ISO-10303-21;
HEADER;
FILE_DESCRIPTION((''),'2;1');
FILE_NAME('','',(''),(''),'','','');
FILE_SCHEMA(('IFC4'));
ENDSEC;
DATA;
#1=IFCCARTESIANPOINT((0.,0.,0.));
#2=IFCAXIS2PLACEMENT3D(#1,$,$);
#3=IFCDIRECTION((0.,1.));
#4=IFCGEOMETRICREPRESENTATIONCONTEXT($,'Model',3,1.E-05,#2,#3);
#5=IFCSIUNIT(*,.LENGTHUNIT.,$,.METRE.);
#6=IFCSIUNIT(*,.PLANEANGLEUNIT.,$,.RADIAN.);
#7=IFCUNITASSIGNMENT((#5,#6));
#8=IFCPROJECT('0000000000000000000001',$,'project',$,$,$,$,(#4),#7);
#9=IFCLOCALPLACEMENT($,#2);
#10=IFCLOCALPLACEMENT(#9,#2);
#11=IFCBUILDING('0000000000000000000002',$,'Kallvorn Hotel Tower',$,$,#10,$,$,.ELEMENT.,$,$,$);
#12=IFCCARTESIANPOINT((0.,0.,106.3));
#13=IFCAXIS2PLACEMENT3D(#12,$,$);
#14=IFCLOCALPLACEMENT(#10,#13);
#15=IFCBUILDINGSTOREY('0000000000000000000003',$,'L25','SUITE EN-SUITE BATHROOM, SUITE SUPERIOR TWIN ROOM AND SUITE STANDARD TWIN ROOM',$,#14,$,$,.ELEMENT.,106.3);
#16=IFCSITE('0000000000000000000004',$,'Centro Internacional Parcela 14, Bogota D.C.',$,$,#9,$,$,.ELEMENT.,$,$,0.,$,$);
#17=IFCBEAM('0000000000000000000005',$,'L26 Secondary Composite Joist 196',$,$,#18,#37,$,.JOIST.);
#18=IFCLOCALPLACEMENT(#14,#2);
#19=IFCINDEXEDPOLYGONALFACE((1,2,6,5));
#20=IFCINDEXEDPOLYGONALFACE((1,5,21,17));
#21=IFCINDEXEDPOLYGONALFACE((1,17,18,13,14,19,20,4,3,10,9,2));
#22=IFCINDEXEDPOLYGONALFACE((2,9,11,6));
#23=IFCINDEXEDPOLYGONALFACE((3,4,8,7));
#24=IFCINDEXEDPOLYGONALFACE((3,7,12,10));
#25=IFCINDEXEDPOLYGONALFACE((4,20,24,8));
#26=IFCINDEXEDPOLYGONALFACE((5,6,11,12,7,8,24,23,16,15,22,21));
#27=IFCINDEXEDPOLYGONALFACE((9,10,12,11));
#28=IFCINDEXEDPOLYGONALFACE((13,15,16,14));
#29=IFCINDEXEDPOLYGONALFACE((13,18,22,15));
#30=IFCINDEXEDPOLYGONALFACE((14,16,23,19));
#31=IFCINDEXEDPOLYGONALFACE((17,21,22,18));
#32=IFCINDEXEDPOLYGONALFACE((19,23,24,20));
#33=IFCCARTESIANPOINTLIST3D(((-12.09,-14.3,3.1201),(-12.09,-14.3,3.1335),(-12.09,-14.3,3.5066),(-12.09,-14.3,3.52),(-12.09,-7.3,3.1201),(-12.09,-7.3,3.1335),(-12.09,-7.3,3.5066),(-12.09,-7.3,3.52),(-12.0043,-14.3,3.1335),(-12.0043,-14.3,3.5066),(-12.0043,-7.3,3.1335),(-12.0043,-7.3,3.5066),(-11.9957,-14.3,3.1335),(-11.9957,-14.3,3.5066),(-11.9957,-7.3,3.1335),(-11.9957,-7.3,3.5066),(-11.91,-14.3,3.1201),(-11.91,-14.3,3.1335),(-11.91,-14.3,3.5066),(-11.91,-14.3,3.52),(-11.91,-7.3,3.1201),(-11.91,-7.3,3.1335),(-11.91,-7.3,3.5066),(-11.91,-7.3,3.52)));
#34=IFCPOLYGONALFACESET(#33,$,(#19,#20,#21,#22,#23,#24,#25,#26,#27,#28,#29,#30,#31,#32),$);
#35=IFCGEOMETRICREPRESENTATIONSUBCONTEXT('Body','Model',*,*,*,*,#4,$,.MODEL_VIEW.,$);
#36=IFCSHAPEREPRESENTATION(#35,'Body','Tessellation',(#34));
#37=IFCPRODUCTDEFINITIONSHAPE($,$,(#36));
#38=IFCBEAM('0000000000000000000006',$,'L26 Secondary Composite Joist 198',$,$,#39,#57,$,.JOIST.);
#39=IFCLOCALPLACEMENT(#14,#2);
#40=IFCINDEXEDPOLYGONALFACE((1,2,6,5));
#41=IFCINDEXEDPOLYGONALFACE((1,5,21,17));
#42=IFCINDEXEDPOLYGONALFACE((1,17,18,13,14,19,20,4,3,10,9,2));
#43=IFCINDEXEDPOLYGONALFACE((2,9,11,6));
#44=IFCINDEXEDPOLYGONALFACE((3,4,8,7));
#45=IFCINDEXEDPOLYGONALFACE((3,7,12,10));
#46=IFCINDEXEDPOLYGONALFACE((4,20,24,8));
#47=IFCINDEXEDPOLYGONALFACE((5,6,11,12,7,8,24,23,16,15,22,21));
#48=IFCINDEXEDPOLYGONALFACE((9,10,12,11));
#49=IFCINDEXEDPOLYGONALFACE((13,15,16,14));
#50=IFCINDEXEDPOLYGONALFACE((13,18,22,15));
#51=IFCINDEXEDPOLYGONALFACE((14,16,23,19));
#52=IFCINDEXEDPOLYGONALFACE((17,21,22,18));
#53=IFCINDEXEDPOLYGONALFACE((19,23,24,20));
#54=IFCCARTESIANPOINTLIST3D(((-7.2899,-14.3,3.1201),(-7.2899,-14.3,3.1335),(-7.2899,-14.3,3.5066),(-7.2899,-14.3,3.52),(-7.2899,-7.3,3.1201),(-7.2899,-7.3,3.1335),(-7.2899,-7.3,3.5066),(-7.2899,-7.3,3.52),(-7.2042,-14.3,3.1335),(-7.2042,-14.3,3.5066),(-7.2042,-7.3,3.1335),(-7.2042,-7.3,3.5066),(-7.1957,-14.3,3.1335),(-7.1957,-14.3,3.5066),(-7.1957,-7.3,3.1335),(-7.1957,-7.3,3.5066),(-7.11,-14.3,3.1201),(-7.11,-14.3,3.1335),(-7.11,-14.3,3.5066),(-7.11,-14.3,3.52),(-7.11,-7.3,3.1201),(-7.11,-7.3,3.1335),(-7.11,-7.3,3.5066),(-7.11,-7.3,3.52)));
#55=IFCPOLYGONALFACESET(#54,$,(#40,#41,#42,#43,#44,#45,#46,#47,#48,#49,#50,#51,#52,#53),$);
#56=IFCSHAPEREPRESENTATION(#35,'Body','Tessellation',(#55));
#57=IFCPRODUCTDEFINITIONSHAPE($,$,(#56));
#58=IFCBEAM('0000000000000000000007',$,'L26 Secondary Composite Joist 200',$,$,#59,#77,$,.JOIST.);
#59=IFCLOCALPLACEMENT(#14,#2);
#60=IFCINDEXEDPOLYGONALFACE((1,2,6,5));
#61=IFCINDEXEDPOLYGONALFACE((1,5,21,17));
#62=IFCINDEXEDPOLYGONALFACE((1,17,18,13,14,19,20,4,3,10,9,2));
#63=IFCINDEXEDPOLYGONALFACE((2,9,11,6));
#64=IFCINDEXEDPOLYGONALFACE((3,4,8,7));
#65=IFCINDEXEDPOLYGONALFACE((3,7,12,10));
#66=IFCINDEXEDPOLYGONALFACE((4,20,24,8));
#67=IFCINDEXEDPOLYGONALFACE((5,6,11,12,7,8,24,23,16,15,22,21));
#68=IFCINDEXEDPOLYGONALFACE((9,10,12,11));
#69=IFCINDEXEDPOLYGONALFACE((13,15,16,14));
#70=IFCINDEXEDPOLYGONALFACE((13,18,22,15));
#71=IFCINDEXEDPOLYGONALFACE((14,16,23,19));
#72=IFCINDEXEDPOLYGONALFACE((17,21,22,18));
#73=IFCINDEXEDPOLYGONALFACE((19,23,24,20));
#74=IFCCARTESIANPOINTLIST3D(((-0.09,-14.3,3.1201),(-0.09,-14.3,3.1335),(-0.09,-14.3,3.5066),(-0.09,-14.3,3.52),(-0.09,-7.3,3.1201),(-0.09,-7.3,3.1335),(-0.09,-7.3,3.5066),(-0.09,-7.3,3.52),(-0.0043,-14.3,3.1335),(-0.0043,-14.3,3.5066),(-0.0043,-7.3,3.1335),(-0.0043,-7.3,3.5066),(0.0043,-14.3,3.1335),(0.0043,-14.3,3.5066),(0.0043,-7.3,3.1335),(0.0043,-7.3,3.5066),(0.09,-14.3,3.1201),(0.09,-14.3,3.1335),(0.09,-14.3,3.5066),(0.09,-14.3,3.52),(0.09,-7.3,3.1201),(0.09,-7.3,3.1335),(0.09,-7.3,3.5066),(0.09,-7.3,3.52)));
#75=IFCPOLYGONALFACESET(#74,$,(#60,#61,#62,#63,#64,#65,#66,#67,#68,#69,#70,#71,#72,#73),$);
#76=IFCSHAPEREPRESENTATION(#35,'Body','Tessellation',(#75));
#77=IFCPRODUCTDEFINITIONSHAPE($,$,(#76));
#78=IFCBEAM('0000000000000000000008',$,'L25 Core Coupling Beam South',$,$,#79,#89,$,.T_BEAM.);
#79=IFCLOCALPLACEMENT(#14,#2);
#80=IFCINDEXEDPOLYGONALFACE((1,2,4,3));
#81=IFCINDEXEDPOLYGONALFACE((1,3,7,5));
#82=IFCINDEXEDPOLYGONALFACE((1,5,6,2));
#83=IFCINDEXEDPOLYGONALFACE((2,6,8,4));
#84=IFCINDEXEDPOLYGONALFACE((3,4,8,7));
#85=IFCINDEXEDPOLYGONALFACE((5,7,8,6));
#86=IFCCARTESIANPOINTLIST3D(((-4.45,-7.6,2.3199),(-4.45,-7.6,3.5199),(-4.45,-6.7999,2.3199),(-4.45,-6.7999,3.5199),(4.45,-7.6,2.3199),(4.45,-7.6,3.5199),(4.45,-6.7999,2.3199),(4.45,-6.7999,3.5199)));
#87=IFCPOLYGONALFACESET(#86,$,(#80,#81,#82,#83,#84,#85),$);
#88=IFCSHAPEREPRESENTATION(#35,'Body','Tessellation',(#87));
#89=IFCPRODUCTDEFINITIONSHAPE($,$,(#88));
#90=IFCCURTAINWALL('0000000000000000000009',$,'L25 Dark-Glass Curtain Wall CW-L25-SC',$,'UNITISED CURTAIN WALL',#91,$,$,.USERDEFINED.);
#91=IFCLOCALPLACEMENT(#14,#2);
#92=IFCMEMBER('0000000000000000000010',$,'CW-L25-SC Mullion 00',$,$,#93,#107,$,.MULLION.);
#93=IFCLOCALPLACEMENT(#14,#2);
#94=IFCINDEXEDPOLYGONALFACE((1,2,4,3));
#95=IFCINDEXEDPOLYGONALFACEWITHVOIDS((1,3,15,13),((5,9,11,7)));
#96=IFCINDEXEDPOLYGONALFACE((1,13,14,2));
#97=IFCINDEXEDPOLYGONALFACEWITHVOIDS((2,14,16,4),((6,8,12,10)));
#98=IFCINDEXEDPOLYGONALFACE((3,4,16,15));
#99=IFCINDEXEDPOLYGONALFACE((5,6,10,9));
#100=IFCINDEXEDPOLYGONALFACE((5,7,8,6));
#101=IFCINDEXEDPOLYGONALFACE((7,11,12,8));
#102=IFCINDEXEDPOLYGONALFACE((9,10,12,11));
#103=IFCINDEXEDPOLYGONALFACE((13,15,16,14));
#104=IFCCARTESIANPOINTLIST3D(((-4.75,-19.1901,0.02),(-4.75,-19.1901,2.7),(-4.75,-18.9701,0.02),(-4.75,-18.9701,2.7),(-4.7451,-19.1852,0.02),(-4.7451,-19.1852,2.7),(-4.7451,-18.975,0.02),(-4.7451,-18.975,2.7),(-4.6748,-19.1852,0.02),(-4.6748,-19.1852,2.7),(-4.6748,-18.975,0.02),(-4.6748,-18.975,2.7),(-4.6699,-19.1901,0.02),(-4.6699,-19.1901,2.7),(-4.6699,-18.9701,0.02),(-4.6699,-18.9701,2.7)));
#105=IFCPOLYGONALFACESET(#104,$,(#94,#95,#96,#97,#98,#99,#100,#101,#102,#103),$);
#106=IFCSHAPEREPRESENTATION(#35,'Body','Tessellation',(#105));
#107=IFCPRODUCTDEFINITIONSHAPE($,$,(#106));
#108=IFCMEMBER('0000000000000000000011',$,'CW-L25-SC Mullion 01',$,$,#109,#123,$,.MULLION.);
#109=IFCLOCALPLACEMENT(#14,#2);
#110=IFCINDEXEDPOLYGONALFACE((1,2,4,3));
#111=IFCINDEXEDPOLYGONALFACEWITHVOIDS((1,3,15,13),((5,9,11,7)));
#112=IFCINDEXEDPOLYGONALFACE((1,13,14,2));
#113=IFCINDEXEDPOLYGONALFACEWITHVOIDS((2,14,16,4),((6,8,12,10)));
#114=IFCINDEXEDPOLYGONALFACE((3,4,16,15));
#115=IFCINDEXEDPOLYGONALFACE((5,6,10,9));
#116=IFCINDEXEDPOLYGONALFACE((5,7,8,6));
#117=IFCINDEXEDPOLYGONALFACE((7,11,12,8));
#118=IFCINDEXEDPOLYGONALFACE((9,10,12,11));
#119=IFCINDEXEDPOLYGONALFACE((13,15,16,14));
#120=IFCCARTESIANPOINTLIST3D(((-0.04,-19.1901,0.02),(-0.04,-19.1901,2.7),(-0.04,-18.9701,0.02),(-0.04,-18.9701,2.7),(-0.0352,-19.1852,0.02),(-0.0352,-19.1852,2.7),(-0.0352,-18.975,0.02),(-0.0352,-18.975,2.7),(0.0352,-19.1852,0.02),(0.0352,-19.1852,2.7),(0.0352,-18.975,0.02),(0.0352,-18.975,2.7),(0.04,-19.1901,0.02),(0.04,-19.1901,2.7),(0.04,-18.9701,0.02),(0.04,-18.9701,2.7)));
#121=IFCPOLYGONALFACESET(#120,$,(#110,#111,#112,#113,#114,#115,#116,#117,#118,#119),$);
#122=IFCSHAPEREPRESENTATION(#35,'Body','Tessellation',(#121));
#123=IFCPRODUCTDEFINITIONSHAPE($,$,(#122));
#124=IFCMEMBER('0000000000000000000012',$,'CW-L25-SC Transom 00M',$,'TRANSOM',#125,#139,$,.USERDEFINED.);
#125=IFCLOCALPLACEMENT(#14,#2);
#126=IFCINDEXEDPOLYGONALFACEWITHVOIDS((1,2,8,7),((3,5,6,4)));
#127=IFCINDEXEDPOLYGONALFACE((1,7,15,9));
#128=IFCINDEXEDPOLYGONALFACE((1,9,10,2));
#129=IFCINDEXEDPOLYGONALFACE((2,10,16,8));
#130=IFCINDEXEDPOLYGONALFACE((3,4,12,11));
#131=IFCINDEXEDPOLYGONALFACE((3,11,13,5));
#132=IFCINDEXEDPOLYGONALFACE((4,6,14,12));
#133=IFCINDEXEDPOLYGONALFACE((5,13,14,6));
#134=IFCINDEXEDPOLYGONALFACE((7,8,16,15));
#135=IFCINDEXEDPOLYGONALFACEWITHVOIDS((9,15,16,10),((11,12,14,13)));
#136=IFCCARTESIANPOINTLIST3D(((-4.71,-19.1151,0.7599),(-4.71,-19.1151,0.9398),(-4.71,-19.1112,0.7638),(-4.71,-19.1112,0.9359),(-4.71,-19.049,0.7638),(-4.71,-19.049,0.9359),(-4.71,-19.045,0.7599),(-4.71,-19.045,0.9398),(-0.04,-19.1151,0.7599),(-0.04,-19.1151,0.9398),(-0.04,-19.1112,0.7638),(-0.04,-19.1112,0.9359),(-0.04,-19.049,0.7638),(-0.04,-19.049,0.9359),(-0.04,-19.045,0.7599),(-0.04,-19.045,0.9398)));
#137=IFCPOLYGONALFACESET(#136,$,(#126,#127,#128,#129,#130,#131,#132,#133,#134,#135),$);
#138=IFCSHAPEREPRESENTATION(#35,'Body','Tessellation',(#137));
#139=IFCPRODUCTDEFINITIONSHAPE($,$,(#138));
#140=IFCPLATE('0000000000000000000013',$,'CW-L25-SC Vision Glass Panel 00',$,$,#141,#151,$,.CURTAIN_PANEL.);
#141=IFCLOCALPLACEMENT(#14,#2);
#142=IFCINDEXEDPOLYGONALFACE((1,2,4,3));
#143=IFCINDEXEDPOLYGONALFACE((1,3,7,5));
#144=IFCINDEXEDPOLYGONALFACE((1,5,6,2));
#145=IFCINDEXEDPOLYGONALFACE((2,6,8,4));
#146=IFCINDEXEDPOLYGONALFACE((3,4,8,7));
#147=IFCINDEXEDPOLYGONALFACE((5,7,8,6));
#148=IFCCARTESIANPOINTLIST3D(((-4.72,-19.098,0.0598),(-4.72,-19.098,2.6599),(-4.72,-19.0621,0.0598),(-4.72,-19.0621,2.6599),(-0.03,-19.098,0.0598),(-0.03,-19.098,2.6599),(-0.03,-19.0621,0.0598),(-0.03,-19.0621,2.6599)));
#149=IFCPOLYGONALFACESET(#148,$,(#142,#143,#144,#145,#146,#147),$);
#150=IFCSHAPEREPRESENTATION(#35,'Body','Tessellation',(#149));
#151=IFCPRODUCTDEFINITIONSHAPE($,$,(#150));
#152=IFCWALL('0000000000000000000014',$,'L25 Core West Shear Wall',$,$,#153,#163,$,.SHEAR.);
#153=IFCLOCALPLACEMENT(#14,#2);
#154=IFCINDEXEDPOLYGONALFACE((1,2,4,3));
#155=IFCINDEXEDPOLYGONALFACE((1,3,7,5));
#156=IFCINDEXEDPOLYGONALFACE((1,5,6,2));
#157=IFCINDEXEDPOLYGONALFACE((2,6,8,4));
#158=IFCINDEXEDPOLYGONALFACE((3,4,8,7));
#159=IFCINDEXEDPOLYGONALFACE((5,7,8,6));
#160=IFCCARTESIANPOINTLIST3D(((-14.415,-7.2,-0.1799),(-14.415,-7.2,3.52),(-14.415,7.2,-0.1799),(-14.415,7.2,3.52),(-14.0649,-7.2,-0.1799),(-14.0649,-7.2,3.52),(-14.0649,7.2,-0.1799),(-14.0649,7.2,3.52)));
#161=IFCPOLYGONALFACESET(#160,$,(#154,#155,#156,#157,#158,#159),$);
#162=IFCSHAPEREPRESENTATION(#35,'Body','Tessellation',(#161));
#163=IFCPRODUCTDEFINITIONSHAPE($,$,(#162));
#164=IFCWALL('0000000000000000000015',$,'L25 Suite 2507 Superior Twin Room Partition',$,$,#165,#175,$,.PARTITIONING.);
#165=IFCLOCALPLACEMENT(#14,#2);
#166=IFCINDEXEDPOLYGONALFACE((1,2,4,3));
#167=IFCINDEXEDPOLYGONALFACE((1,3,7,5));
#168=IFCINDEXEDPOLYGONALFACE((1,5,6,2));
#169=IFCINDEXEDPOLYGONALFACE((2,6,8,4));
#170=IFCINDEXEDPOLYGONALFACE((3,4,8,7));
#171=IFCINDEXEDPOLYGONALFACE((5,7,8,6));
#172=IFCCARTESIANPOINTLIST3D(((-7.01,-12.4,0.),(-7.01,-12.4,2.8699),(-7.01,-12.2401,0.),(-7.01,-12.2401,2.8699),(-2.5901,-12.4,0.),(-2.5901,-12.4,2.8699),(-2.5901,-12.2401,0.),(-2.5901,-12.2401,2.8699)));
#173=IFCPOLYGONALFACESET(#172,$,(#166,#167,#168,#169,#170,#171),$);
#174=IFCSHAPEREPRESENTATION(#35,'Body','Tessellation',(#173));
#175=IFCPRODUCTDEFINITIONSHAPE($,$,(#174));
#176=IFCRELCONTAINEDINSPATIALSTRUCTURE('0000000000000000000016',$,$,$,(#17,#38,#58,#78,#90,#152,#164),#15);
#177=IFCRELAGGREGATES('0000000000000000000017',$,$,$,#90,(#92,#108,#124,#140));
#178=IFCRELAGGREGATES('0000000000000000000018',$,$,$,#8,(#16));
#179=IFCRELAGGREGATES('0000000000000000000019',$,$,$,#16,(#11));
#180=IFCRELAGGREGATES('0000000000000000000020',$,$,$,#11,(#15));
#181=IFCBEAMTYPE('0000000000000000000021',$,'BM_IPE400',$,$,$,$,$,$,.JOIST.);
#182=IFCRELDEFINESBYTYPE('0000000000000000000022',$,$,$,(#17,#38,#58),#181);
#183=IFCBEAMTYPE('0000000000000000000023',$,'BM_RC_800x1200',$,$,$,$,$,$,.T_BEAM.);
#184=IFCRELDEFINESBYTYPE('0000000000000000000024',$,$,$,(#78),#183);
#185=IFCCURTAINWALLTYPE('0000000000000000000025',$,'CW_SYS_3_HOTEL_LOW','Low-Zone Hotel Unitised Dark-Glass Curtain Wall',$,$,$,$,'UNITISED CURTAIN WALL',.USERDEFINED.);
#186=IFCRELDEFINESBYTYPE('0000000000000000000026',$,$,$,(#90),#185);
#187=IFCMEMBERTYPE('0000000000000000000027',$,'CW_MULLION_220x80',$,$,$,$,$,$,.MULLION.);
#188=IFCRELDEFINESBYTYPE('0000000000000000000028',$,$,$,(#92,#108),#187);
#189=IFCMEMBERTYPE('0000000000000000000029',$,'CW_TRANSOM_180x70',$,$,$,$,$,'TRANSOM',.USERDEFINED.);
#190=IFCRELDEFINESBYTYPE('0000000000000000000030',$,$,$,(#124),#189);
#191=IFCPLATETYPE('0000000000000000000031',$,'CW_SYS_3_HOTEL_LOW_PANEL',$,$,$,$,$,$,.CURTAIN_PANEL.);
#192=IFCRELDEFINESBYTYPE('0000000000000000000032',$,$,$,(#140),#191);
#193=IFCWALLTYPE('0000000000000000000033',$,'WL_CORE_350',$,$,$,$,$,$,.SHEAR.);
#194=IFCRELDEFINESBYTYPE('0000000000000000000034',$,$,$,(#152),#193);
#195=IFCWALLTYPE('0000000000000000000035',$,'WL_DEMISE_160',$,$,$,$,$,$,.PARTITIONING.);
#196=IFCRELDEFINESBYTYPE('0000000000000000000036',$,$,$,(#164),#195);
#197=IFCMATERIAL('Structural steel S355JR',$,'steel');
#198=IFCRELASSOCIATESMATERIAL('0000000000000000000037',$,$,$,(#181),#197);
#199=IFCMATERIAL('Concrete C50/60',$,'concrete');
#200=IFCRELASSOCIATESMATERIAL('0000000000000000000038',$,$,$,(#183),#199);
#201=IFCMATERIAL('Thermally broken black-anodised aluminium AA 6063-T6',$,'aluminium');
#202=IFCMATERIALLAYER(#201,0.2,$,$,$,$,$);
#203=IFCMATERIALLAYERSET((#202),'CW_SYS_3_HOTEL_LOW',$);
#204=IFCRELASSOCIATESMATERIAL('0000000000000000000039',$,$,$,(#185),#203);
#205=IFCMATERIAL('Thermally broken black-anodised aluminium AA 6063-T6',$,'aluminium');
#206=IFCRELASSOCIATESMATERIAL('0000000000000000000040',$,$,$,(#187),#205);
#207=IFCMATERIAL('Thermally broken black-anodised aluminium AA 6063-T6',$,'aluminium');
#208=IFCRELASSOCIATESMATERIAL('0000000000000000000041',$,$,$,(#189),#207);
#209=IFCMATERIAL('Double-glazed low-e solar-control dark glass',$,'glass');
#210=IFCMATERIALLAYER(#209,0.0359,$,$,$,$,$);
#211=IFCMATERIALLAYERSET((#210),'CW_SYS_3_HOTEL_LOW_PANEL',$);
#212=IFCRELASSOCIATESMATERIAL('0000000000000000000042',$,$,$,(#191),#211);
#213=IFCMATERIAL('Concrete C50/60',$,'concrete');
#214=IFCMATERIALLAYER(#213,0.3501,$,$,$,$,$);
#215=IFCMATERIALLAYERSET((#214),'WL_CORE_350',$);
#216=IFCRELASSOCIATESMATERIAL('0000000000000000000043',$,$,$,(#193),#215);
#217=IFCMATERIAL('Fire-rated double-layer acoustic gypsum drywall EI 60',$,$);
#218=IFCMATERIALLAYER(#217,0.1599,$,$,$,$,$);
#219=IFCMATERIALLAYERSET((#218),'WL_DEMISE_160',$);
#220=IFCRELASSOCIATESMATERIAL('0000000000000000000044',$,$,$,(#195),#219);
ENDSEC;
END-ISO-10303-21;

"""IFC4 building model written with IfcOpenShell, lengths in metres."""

from ifc_helpers import new_model, si_unit, direction, frame, frame_2d, origin, origin_2d, place, context, subcontext, project, spatial, rectangle, hollow_rectangle, i_section, extrude, material, layer, layer_set, material_profile, profile_set, type_object, element, aggregate, save


model = new_model("IFC4")

# Units and contexts
model_context = context("Model", 3, precision=1e-05, world=origin(), true_north=direction((0.0, 1.0)))
body_context = subcontext(model_context, "Body", "Model", "MODEL_VIEW")
ifc_project = project(units=[si_unit("LENGTHUNIT", "METRE"), si_unit("PLANEANGLEUNIT", "RADIAN")], contexts=[model_context])

# Site, building, storey
site_placement = place(None, origin())
site = spatial("IfcSite", under=ifc_project, at=site_placement, Name="Centro Internacional Parcela 14, Bogota D.C.", CompositionType="ELEMENT", RefElevation=0.0)
building_placement = place(site_placement, origin())
building = spatial("IfcBuilding", under=site, at=building_placement, Name="Kallvorn Hotel Tower", CompositionType="ELEMENT")
storey_placement = place(building_placement, frame((0.0, 0.0, 106.3)))
storey = spatial("IfcBuildingStorey", under=building, at=storey_placement, Name="L25", Description="SUITE EN-SUITE BATHROOM, SUITE SUPERIOR TWIN ROOM AND SUITE STANDARD TWIN ROOM", CompositionType="ELEMENT", Elevation=106.3)

# Beams
ifc_material_1 = material(Name="Structural steel S355JR", Category="steel")
ifc_material_profile_1 = material_profile(ifc_material_1, i_section(OverallWidth=0.1799, OverallDepth=0.3999, WebThickness=0.0085, FlangeThickness=0.0134, at=origin_2d()), Name="IPE 400")
ifc_profile_set_1 = profile_set([ifc_material_profile_1], Name="Structural steel S355JR")
beam_type_1 = type_object("IfcBeamType", Name="BM_IPE400", PredefinedType="JOIST", material=ifc_profile_set_1)
for number, where, z_axis, x_axis, name in (
    (1, (-12.0, -14.3, 3.3201), (0.0, 1.0, 0.0), (-1.0, 0.0, 0.0), "L26 Secondary Composite Joist 196"),
    (2, (-7.2, -14.3, 3.3201), (0.0, 1.0, 0.0), (-1.0, 0.0, 0.0), "L26 Secondary Composite Joist 198"),
    (3, (0.0, -14.3, 3.3201), (0.0, 1.0, 0.0), (-1.0, 0.0, 0.0), "L26 Secondary Composite Joist 200"),
):
    element("IfcBeam", number, at=place(storey_placement, frame(where, z_axis=z_axis, x_axis=x_axis)), inside=storey, type_object=beam_type_1, Name=name, PredefinedType="JOIST", context=body_context, shape_type="SweptSolid", body=[
        extrude(i_section(OverallWidth=0.1799, OverallDepth=0.3999, WebThickness=0.0085, FlangeThickness=0.0134, at=origin_2d()), origin(), (0.0, 0.0, 1.0), 7.0),
    ])
ifc_material_2 = material(Name="Concrete C50/60", Category="concrete")
ifc_material_profile_2 = material_profile(ifc_material_2, rectangle(XDim=0.8, YDim=1.2, at=origin_2d()), Name="RC 800x1200")
ifc_profile_set_2 = profile_set([ifc_material_profile_2], Name="Concrete C50/60")
beam_type_2 = type_object("IfcBeamType", Name="BM_RC_800x1200", PredefinedType="T_BEAM", material=ifc_profile_set_2)
beam_1_placement = place(storey_placement, frame((-4.45, -7.2, 2.9199), z_axis=(1.0, 0.0, 0.0), x_axis=(0.0, 1.0, 0.0)))
element("IfcBeam", 4, at=beam_1_placement, inside=storey, type_object=beam_type_2, Name="L25 Core Coupling Beam South", PredefinedType="T_BEAM", context=body_context, shape_type="SweptSolid", body=[
    extrude(rectangle(XDim=0.8, YDim=1.2, at=origin_2d()), origin(), (0.0, 0.0, 1.0), 8.8999),
])

# Curtain wall, members, plate
ifc_material_3 = material(Name="Thermally broken black-anodised aluminium AA 6063-T6", Category="aluminium")
ifc_layer_1 = layer(ifc_material_3, 0.2)
ifc_layer_set_1 = layer_set([ifc_layer_1], Name="CW_SYS_3_HOTEL_LOW")
curtain_wall_type = type_object("IfcCurtainWallType", Name="CW_SYS_3_HOTEL_LOW", Description="Low-Zone Hotel Unitised Dark-Glass Curtain Wall", ElementType="UNITISED CURTAIN WALL", PredefinedType="USERDEFINED", material=ifc_layer_set_1)
curtain_wall_placement = place(storey_placement, origin())
curtain_wall = element("IfcCurtainWall", 5, at=curtain_wall_placement, inside=storey, type_object=curtain_wall_type, Name="L25 Dark-Glass Curtain Wall CW-L25-SC", ObjectType="UNITISED CURTAIN WALL", PredefinedType="USERDEFINED")
ifc_material_4 = material(Name="Thermally broken black-anodised aluminium AA 6063-T6", Category="aluminium")
ifc_material_profile_3 = material_profile(ifc_material_4, hollow_rectangle(XDim=0.0801, YDim=0.22, WallThickness=0.0049, at=origin_2d()), Name="MUL 220x80")
ifc_profile_set_3 = profile_set([ifc_material_profile_3], Name="Thermally broken black-anodised aluminium AA 6063-T6")
member_type_1 = type_object("IfcMemberType", Name="CW_MULLION_220x80", PredefinedType="MULLION", material=ifc_profile_set_3)
member_1_placement = place(storey_placement, frame((-4.71, -19.0801, 0.02), z_axis=(0.0, 0.0, 1.0), x_axis=(1.0, 0.0, 0.0)))
member_1 = element("IfcMember", 6, at=member_1_placement, type_object=member_type_1, Name="CW-L25-SC Mullion 00", PredefinedType="MULLION", context=body_context, shape_type="SweptSolid", body=[
    extrude(hollow_rectangle(XDim=0.0801, YDim=0.22, WallThickness=0.0049, at=origin_2d()), origin(), (0.0, 0.0, 1.0), 2.6799),
])
member_2_placement = place(storey_placement, frame((0.0, -19.0801, 0.02), z_axis=(0.0, 0.0, 1.0), x_axis=(1.0, 0.0, 0.0)))
member_2 = element("IfcMember", 7, at=member_2_placement, type_object=member_type_1, Name="CW-L25-SC Mullion 01", PredefinedType="MULLION", context=body_context, shape_type="SweptSolid", body=[
    extrude(hollow_rectangle(XDim=0.0801, YDim=0.22, WallThickness=0.0049, at=origin_2d()), origin(), (0.0, 0.0, 1.0), 2.6799),
])
ifc_material_5 = material(Name="Thermally broken black-anodised aluminium AA 6063-T6", Category="aluminium")
ifc_material_profile_4 = material_profile(ifc_material_5, hollow_rectangle(XDim=0.0701, YDim=0.1799, WallThickness=0.0039, at=origin_2d()), Name="TRN 180x70")
ifc_profile_set_4 = profile_set([ifc_material_profile_4], Name="Thermally broken black-anodised aluminium AA 6063-T6")
member_type_2 = type_object("IfcMemberType", Name="CW_TRANSOM_180x70", ElementType="TRANSOM", PredefinedType="USERDEFINED", material=ifc_profile_set_4)
member_3_placement = place(storey_placement, frame((-4.71, -19.0801, 0.8499), z_axis=(1.0, 0.0, 0.0), x_axis=(0.0, 1.0, 0.0)))
member_3 = element("IfcMember", 8, at=member_3_placement, type_object=member_type_2, Name="CW-L25-SC Transom 00M", ObjectType="TRANSOM", PredefinedType="USERDEFINED", context=body_context, shape_type="SweptSolid", body=[
    extrude(hollow_rectangle(XDim=0.0701, YDim=0.1799, WallThickness=0.0039, at=origin_2d()), origin(), (0.0, 0.0, 1.0), 4.6699),
])
ifc_material_6 = material(Name="Double-glazed low-e solar-control dark glass", Category="glass")
ifc_layer_2 = layer(ifc_material_6, 0.0359)
ifc_layer_set_2 = layer_set([ifc_layer_2], Name="CW_SYS_3_HOTEL_LOW_PANEL")
plate_type = type_object("IfcPlateType", Name="CW_SYS_3_HOTEL_LOW_PANEL", PredefinedType="CURTAIN_PANEL", material=ifc_layer_set_2)
plate_placement = place(storey_placement, frame((-2.375, -19.0801, 0.0598), z_axis=(0.0, 0.0, 1.0), x_axis=(1.0, 0.0, 0.0)))
plate = element("IfcPlate", 9, at=plate_placement, type_object=plate_type, Name="CW-L25-SC Vision Glass Panel 00", PredefinedType="CURTAIN_PANEL", context=body_context, shape_type="SweptSolid", body=[
    extrude(rectangle(XDim=4.6899, YDim=0.0359, at=origin_2d()), origin(), (0.0, 0.0, 1.0), 2.6001),
])
aggregate(curtain_wall, [member_1, member_2, member_3, plate])

# Walls
ifc_material_7 = material(Name="Concrete C50/60", Category="concrete")
ifc_layer_3 = layer(ifc_material_7, 0.3501)
ifc_layer_set_3 = layer_set([ifc_layer_3], Name="WL_CORE_350")
wall_type_1 = type_object("IfcWallType", Name="WL_CORE_350", PredefinedType="SHEAR", material=ifc_layer_set_3)
wall_1_placement = place(storey_placement, frame((-14.24, -7.2, -0.1799), z_axis=(0.0, 0.0, 1.0), x_axis=(0.0, 1.0, 0.0)))
element("IfcWall", 10, at=wall_1_placement, inside=storey, type_object=wall_type_1, Name="L25 Core West Shear Wall", PredefinedType="SHEAR", context=body_context, shape_type="SweptSolid", body=[
    extrude(rectangle(XDim=14.3999, YDim=0.3501, at=frame_2d((7.2, 0.0))), origin(), (0.0, 0.0, 1.0), 3.7),
])
ifc_material_8 = material(Name="Fire-rated double-layer acoustic gypsum drywall EI 60")
ifc_layer_4 = layer(ifc_material_8, 0.1599)
ifc_layer_set_4 = layer_set([ifc_layer_4], Name="WL_DEMISE_160")
wall_type_2 = type_object("IfcWallType", Name="WL_DEMISE_160", PredefinedType="PARTITIONING", material=ifc_layer_set_4)
wall_2_placement = place(storey_placement, frame((-7.01, -12.3201, 0.0), z_axis=(0.0, 0.0, 1.0), x_axis=(1.0, 0.0, 0.0)))
element("IfcWall", 11, at=wall_2_placement, inside=storey, type_object=wall_type_2, Name="L25 Suite 2507 Superior Twin Room Partition", PredefinedType="PARTITIONING", context=body_context, shape_type="SweptSolid", body=[
    extrude(rectangle(XDim=4.4199, YDim=0.1599, at=frame_2d((2.21, 0.0))), origin(), (0.0, 0.0, 1.0), 2.8699),
])

save(model, "model.ifc")
